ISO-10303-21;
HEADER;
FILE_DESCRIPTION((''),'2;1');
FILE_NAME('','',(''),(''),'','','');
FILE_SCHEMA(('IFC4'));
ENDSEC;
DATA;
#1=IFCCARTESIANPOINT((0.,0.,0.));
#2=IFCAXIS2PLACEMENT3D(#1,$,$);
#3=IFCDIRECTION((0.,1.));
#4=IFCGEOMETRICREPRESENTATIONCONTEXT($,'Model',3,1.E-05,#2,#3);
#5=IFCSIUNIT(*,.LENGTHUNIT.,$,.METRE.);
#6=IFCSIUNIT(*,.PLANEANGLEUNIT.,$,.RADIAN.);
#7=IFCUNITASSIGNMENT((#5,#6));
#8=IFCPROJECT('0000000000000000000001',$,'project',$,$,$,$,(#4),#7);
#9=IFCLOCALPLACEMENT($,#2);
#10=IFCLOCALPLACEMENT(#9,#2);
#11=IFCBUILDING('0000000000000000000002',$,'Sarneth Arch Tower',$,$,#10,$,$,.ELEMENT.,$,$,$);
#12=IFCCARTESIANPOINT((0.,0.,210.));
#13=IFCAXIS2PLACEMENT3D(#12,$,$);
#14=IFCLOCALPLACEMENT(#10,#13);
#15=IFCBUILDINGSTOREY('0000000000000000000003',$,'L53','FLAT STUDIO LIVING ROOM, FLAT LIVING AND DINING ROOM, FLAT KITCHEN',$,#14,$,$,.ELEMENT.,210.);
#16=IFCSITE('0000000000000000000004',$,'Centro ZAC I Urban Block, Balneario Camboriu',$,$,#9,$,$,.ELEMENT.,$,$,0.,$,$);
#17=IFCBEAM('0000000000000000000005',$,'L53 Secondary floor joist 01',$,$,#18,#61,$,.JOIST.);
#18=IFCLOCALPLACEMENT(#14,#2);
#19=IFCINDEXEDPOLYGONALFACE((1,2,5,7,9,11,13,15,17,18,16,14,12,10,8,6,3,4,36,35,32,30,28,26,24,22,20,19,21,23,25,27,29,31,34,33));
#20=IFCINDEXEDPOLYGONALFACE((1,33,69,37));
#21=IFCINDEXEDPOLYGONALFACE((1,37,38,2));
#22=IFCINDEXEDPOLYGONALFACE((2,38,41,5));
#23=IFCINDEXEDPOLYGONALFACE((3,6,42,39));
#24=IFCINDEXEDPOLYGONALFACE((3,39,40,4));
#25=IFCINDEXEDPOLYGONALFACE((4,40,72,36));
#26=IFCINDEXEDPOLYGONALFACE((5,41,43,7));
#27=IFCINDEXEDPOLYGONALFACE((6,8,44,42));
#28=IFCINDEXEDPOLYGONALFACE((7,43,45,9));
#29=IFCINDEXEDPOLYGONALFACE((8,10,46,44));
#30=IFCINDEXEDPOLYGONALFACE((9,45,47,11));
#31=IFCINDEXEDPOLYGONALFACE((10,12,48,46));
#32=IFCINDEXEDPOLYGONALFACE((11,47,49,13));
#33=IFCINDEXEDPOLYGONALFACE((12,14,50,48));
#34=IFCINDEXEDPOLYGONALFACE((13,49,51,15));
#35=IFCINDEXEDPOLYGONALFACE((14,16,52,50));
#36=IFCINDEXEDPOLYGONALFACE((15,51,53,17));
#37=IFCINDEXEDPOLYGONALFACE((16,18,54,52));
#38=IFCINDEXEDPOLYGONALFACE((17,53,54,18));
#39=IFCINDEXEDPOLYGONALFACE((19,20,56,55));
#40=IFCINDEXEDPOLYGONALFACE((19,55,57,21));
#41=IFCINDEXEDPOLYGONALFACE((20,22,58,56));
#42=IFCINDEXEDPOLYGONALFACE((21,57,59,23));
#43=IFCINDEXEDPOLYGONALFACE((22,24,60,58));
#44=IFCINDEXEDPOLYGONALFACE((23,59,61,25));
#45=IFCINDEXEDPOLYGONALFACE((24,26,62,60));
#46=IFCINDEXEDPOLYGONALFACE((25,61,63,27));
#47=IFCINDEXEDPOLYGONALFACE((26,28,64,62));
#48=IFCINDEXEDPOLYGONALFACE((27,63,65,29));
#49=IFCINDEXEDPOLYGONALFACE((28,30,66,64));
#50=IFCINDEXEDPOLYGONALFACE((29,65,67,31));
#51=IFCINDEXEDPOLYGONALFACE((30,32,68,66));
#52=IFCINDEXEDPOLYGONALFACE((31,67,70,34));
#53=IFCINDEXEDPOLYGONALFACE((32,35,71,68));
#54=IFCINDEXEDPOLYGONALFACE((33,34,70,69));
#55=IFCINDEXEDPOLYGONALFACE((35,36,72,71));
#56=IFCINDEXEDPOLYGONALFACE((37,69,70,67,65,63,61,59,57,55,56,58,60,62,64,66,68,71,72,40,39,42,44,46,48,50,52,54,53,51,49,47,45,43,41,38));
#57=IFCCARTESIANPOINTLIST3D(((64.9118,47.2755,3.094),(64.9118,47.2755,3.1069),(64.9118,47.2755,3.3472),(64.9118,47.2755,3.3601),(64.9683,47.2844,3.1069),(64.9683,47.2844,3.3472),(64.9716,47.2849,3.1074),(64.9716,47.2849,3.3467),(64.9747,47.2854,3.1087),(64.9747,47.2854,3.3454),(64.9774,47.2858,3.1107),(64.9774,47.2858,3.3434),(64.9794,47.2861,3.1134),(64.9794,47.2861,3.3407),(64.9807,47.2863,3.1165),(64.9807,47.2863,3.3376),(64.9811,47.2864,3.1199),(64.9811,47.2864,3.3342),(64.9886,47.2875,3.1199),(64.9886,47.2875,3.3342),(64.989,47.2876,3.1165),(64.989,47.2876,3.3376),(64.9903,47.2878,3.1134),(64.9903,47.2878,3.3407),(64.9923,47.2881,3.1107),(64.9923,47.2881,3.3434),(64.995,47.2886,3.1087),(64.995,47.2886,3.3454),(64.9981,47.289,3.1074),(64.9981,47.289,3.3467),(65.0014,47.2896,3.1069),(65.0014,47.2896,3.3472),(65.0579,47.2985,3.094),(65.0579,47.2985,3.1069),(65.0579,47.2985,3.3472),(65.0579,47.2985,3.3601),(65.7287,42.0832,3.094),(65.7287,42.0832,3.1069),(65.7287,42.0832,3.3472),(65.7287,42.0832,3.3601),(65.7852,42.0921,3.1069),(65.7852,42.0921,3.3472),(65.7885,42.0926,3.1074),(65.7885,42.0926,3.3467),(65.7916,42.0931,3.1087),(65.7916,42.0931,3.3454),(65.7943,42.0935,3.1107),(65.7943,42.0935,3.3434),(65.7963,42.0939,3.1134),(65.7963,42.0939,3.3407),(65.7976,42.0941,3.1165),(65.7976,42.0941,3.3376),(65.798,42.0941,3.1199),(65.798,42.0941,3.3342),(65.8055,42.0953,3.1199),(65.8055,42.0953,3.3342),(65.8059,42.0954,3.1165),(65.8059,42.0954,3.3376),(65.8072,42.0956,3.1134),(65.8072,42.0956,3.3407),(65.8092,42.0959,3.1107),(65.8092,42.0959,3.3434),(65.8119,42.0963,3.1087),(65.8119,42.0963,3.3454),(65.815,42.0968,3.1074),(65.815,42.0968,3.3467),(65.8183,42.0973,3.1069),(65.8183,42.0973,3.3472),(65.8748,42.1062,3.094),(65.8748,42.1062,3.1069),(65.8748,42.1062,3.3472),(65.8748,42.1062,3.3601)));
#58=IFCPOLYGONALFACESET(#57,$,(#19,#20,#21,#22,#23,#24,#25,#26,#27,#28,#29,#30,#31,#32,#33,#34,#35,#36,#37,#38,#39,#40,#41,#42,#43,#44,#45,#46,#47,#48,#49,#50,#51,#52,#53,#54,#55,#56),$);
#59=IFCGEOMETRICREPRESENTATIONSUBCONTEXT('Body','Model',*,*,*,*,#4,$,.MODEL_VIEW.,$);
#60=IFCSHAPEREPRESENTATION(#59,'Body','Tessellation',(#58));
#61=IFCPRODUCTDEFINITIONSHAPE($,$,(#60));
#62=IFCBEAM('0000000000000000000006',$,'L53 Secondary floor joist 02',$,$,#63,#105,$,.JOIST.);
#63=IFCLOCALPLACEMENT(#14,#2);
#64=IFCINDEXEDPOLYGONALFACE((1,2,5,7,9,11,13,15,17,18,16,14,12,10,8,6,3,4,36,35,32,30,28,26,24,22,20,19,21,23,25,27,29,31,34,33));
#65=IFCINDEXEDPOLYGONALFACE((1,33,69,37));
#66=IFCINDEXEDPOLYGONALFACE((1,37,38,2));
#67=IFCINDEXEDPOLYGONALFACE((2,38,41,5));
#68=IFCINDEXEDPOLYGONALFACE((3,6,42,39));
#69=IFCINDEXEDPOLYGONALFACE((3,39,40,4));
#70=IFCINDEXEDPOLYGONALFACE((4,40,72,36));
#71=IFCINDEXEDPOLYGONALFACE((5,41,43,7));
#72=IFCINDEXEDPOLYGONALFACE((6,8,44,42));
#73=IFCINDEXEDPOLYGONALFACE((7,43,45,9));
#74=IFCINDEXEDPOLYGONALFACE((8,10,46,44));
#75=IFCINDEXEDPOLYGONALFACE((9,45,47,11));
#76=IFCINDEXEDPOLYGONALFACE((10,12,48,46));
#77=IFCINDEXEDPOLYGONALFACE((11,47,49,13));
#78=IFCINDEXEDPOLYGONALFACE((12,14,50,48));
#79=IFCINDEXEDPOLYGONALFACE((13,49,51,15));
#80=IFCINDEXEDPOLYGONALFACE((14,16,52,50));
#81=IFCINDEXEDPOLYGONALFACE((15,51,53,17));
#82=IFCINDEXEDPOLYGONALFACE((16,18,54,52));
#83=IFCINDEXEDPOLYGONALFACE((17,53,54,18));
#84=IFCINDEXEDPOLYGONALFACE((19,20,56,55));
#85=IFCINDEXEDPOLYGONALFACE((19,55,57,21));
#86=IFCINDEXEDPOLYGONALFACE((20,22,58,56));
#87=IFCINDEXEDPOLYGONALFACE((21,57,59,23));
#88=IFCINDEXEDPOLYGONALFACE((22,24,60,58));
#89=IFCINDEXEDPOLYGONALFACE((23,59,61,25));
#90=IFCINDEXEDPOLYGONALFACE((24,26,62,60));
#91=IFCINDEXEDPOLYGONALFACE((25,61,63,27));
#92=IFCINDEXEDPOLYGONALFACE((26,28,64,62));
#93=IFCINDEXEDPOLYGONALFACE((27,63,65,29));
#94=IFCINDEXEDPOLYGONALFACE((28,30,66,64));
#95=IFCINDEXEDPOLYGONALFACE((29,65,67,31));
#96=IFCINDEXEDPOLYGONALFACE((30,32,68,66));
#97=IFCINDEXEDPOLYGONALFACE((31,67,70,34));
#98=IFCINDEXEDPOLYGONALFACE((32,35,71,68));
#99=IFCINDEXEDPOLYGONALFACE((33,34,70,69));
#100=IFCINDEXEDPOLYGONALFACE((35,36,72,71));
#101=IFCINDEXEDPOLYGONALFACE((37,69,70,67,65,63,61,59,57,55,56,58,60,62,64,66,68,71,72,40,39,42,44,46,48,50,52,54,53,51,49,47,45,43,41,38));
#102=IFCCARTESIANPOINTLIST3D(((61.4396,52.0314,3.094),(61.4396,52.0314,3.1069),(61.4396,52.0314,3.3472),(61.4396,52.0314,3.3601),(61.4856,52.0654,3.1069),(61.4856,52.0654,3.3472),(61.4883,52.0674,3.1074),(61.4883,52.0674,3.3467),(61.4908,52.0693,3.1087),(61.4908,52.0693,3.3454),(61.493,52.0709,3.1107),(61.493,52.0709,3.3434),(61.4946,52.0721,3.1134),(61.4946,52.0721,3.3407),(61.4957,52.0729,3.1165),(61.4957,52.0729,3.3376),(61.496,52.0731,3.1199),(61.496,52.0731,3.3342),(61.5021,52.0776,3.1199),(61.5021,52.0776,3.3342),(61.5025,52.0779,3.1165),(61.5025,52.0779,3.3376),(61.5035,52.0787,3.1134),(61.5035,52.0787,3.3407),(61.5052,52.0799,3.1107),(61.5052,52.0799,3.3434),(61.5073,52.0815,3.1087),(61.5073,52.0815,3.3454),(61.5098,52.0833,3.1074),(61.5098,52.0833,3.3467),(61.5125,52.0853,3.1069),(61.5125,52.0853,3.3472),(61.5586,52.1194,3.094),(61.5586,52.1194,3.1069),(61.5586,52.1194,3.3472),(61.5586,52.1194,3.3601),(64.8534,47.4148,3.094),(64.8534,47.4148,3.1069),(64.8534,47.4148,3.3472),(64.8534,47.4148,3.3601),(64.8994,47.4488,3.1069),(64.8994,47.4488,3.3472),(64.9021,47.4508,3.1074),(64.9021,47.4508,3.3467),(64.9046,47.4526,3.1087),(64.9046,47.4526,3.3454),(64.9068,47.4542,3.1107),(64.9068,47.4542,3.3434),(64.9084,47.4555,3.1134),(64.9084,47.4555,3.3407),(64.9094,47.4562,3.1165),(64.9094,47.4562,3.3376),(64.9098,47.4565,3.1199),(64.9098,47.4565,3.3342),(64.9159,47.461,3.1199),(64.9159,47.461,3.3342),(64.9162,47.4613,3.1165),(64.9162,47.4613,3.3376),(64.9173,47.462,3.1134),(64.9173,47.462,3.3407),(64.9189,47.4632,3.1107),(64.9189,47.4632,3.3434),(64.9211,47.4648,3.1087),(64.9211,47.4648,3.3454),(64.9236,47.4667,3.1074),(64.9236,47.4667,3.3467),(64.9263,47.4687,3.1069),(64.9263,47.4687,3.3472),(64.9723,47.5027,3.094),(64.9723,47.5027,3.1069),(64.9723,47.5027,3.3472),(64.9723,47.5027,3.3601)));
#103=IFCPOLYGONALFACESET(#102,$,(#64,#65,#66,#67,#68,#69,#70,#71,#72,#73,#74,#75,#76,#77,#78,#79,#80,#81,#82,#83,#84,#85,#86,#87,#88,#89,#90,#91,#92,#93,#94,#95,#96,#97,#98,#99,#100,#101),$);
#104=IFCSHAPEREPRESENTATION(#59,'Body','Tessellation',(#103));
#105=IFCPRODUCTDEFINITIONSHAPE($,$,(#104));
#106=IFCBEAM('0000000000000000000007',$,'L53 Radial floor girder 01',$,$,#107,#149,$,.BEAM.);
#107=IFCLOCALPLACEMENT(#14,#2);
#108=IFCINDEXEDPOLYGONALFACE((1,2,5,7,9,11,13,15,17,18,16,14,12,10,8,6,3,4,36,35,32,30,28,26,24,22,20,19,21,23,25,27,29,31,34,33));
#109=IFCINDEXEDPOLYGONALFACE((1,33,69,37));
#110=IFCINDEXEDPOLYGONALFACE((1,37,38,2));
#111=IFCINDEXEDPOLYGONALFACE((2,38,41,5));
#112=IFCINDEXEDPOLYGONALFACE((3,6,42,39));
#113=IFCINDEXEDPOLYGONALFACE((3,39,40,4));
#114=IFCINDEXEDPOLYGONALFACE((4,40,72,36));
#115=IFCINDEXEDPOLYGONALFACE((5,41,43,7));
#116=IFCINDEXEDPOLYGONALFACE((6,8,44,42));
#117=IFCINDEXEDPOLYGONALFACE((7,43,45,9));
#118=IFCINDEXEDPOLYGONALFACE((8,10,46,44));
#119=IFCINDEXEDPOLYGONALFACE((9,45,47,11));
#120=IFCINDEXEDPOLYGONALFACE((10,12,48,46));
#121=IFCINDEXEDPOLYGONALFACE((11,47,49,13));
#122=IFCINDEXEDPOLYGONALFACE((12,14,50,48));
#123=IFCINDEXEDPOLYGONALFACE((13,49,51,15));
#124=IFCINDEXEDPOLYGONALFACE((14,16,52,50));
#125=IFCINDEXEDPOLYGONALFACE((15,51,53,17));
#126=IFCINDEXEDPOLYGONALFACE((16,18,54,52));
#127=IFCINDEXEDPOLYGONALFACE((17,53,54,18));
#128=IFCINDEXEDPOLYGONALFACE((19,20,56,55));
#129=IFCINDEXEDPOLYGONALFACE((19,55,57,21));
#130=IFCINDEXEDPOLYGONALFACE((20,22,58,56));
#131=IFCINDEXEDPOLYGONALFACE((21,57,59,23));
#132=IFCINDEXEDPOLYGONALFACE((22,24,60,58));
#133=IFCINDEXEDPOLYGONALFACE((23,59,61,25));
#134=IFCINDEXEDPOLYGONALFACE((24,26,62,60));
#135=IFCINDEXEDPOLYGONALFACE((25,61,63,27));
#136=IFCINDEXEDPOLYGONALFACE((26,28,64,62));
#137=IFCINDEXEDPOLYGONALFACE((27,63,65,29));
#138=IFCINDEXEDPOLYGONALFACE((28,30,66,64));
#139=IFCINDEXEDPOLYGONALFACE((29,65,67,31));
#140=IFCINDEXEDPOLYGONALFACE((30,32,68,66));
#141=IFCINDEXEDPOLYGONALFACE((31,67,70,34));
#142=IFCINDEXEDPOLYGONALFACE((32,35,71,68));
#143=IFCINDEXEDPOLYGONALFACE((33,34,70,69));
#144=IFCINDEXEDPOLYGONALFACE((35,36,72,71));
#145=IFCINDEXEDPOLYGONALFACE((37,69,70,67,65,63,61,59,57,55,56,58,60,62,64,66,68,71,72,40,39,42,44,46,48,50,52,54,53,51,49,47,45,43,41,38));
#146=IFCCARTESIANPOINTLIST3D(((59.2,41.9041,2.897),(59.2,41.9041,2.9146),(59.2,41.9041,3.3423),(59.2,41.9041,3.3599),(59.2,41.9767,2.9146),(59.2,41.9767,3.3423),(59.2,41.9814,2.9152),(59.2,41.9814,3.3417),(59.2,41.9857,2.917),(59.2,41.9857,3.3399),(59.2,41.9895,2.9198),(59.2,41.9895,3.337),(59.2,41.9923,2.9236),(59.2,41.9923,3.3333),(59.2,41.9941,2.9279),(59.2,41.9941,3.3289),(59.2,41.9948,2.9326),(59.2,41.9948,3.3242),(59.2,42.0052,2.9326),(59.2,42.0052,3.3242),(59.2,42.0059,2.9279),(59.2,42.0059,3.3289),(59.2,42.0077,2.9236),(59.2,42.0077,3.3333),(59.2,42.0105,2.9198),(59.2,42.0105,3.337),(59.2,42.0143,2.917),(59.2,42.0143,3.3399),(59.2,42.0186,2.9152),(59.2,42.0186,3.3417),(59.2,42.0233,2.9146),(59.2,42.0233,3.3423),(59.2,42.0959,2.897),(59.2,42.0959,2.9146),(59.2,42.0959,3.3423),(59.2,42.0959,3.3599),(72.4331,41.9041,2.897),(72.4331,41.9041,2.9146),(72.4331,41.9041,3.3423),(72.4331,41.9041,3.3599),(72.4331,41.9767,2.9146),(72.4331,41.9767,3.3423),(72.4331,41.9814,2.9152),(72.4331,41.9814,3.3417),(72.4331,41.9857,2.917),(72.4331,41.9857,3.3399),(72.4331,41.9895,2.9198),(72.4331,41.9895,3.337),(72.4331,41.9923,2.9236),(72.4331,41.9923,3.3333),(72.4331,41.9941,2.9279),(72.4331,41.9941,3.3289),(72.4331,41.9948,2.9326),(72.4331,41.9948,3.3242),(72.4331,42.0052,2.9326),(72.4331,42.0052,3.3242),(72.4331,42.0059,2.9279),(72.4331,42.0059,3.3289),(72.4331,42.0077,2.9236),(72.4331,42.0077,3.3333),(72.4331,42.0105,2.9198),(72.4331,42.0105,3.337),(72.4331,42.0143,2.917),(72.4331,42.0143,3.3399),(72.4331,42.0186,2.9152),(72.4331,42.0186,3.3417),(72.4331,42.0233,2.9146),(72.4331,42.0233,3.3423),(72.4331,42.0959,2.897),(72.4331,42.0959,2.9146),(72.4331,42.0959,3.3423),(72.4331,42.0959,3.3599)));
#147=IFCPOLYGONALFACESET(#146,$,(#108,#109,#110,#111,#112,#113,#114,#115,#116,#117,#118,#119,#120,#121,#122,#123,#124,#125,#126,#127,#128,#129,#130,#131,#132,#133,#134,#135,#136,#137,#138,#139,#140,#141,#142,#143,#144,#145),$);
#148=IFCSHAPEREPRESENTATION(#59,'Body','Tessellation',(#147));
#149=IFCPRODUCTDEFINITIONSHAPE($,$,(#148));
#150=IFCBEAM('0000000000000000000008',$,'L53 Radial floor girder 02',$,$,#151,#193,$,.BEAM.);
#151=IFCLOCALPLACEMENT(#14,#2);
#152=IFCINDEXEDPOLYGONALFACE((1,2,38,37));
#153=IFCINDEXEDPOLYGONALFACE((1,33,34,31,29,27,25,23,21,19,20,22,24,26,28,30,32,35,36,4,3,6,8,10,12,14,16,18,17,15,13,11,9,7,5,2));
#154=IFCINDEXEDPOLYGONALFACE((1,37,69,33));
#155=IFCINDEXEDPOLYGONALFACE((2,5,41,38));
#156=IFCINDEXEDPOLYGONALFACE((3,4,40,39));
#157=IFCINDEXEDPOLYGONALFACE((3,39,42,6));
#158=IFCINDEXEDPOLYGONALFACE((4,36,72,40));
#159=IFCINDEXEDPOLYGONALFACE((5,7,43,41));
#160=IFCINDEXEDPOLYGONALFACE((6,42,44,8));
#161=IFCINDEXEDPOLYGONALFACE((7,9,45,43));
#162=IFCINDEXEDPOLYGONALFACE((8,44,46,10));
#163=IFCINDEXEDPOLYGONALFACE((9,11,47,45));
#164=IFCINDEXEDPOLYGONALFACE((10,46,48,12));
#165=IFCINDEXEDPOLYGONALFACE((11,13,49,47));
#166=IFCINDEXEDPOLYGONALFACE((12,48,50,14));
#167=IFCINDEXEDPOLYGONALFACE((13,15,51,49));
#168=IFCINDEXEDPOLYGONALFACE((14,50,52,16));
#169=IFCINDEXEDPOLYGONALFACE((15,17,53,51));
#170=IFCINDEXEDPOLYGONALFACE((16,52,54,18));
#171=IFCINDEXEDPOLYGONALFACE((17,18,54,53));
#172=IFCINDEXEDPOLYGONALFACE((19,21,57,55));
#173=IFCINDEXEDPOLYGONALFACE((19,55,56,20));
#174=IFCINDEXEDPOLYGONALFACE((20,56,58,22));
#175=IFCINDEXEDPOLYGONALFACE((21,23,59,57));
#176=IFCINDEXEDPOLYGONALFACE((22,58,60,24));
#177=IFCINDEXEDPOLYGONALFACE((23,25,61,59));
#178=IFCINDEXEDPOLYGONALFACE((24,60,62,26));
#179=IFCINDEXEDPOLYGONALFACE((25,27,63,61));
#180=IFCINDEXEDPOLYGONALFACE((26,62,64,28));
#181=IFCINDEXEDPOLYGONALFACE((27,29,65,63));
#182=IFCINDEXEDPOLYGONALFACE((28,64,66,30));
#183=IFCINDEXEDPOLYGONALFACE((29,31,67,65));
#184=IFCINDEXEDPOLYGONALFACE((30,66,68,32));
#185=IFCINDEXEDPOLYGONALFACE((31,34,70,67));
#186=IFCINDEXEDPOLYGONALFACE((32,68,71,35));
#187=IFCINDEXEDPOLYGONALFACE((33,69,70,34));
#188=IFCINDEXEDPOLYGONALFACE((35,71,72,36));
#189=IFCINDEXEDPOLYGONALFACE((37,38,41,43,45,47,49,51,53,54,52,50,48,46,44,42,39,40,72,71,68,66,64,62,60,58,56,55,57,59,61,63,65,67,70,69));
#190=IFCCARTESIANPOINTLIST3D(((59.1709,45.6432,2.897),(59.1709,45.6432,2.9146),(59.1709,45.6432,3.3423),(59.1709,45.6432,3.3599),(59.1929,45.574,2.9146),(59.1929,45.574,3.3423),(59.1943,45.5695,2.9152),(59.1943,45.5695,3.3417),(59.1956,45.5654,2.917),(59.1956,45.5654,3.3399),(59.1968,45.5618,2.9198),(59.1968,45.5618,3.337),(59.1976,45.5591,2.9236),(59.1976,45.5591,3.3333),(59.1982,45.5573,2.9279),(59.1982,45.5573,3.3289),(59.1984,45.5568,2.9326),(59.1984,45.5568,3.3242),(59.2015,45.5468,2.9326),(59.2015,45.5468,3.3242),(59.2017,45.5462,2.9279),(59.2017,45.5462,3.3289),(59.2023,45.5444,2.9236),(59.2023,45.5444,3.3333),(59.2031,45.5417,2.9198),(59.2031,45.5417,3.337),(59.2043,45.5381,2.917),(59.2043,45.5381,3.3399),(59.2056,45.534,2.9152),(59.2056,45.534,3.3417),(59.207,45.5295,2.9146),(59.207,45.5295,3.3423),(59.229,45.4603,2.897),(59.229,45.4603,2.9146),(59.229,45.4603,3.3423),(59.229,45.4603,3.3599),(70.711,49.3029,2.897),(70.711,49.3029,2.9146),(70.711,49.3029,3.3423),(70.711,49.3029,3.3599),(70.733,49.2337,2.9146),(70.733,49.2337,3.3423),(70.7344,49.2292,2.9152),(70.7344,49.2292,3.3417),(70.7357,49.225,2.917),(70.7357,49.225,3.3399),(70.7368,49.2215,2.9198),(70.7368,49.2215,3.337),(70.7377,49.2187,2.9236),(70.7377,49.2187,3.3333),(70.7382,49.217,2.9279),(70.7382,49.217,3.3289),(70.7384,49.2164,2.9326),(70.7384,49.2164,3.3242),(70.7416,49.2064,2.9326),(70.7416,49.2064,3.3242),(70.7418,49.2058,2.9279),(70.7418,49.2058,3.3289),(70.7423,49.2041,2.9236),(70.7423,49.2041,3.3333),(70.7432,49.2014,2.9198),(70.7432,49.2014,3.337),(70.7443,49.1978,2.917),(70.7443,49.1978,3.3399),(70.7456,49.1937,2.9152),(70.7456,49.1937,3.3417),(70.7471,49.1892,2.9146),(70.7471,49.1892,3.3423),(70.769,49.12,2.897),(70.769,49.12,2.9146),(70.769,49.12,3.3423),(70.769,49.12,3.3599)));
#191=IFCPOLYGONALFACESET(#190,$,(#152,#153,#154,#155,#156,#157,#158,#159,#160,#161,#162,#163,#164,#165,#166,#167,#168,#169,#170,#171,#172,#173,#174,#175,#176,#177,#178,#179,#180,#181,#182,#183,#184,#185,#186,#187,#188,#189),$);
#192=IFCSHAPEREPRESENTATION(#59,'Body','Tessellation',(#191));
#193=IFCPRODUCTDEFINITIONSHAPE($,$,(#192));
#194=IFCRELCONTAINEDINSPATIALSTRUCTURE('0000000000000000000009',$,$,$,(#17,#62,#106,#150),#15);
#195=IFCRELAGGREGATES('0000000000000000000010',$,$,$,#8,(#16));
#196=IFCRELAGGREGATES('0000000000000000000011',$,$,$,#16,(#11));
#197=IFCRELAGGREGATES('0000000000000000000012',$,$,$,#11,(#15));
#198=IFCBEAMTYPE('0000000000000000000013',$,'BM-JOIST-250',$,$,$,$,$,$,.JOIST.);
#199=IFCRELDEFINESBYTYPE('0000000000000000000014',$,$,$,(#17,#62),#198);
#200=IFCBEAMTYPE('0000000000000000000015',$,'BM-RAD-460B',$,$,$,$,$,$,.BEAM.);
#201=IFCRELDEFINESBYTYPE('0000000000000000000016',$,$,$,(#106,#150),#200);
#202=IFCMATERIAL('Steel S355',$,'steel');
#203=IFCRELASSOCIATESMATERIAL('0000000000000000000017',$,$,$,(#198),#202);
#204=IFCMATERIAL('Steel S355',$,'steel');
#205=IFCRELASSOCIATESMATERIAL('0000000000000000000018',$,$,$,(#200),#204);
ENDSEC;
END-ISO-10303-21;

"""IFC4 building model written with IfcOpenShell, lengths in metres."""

from ifc_helpers import new_model, si_unit, direction, frame, origin, origin_2d, place, context, subcontext, project, spatial, i_section, extrude, material, material_profile, profile_set, type_object, element, save


model = new_model("IFC4")

# Units and contexts
model_context = context("Model", 3, precision=1e-05, world=origin(), true_north=direction((0.0, 1.0)))
body_context = subcontext(model_context, "Body", "Model", "MODEL_VIEW")
ifc_project = project(units=[si_unit("LENGTHUNIT", "METRE"), si_unit("PLANEANGLEUNIT", "RADIAN")], contexts=[model_context])

# Site, building, storey
site_placement = place(None, origin())
site = spatial("IfcSite", under=ifc_project, at=site_placement, Name="Centro ZAC I Urban Block, Balneario Camboriu", CompositionType="ELEMENT", RefElevation=0.0)
building_placement = place(site_placement, origin())
building = spatial("IfcBuilding", under=site, at=building_placement, Name="Sarneth Arch Tower", CompositionType="ELEMENT")
storey_placement = place(building_placement, frame((0.0, 0.0, 210.0)))
storey = spatial("IfcBuildingStorey", under=building, at=storey_placement, Name="L53", Description="FLAT STUDIO LIVING ROOM, FLAT LIVING AND DINING ROOM, FLAT KITCHEN", CompositionType="ELEMENT", Elevation=210.0)

# Beams
ifc_material_1 = material(Name="Steel S355", Category="steel")
ifc_material_profile_1 = material_profile(ifc_material_1, i_section(OverallWidth=0.1479, OverallDepth=0.2661, WebThickness=0.0076, FlangeThickness=0.0129, FilletRadius=0.0129, at=origin_2d()), Name="W250x44.8")
ifc_profile_set_1 = profile_set([ifc_material_profile_1], Name="Steel S355")
beam_type_1 = type_object("IfcBeamType", Name="BM-JOIST-250", PredefinedType="JOIST", material=ifc_profile_set_1)
beam_1_placement = place(storey_placement, frame((65.8018, 42.0947, 3.2271), z_axis=(-0.155421, 0.987848, 0.0), x_axis=(-0.987848, -0.155421, 0.0)))
element("IfcBeam", 1, at=beam_1_placement, inside=storey, type_object=beam_type_1, Name="L53 Secondary floor joist 01", PredefinedType="JOIST", context=body_context, shape_type="SweptSolid", body=[
    extrude(i_section(OverallWidth=0.1479, OverallDepth=0.2661, WebThickness=0.0076, FlangeThickness=0.0129, FilletRadius=0.0129, at=origin_2d()), origin(), (0.0, 0.0, 1.0), 5.2561),
])
beam_2_placement = place(storey_placement, frame((64.9128, 47.4587, 3.2271), z_axis=(-0.594557, 0.804053, 0.0), x_axis=(-0.804053, -0.594557, 0.0)))
element("IfcBeam", 2, at=beam_2_placement, inside=storey, type_object=beam_type_1, Name="L53 Secondary floor joist 02", PredefinedType="JOIST", context=body_context, shape_type="SweptSolid", body=[
    extrude(i_section(OverallWidth=0.1479, OverallDepth=0.2661, WebThickness=0.0076, FlangeThickness=0.0129, FilletRadius=0.0129, at=origin_2d()), origin(), (0.0, 0.0, 1.0), 5.7417),
])
ifc_material_2 = material(Name="Steel S355", Category="steel")
ifc_material_profile_2 = material_profile(ifc_material_2, i_section(OverallWidth=0.1919, OverallDepth=0.4629, WebThickness=0.0105, FlangeThickness=0.0176, FilletRadius=0.0181, at=origin_2d()), Name="W460x89")
ifc_profile_set_2 = profile_set([ifc_material_profile_2], Name="Steel S355")
beam_type_2 = type_object("IfcBeamType", Name="BM-RAD-460B", PredefinedType="BEAM", material=ifc_profile_set_2)
beam_3_placement = place(storey_placement, frame((59.2, 42.0, 3.1284), z_axis=(1.0, 0.0, 0.0), x_axis=(0.0, 1.0, 0.0)))
element("IfcBeam", 3, at=beam_3_placement, inside=storey, type_object=beam_type_2, Name="L53 Radial floor girder 01", PredefinedType="BEAM", context=body_context, shape_type="SweptSolid", body=[
    extrude(i_section(OverallWidth=0.1919, OverallDepth=0.4629, WebThickness=0.0105, FlangeThickness=0.0176, FilletRadius=0.0181, at=origin_2d()), origin(), (0.0, 0.0, 1.0), 13.2332),
])
beam_4_placement = place(storey_placement, frame((59.2, 45.5518, 3.1284), z_axis=(0.953216, 0.302291, 0.0), x_axis=(-0.302291, 0.953216, 0.0)))
element("IfcBeam", 4, at=beam_4_placement, inside=storey, type_object=beam_type_2, Name="L53 Radial floor girder 02", PredefinedType="BEAM", context=body_context, shape_type="SweptSolid", body=[
    extrude(i_section(OverallWidth=0.1919, OverallDepth=0.4629, WebThickness=0.0105, FlangeThickness=0.0176, FilletRadius=0.0181, at=origin_2d()), origin(), (0.0, 0.0, 1.0), 12.1064),
])

save(model, "model.ifc")
